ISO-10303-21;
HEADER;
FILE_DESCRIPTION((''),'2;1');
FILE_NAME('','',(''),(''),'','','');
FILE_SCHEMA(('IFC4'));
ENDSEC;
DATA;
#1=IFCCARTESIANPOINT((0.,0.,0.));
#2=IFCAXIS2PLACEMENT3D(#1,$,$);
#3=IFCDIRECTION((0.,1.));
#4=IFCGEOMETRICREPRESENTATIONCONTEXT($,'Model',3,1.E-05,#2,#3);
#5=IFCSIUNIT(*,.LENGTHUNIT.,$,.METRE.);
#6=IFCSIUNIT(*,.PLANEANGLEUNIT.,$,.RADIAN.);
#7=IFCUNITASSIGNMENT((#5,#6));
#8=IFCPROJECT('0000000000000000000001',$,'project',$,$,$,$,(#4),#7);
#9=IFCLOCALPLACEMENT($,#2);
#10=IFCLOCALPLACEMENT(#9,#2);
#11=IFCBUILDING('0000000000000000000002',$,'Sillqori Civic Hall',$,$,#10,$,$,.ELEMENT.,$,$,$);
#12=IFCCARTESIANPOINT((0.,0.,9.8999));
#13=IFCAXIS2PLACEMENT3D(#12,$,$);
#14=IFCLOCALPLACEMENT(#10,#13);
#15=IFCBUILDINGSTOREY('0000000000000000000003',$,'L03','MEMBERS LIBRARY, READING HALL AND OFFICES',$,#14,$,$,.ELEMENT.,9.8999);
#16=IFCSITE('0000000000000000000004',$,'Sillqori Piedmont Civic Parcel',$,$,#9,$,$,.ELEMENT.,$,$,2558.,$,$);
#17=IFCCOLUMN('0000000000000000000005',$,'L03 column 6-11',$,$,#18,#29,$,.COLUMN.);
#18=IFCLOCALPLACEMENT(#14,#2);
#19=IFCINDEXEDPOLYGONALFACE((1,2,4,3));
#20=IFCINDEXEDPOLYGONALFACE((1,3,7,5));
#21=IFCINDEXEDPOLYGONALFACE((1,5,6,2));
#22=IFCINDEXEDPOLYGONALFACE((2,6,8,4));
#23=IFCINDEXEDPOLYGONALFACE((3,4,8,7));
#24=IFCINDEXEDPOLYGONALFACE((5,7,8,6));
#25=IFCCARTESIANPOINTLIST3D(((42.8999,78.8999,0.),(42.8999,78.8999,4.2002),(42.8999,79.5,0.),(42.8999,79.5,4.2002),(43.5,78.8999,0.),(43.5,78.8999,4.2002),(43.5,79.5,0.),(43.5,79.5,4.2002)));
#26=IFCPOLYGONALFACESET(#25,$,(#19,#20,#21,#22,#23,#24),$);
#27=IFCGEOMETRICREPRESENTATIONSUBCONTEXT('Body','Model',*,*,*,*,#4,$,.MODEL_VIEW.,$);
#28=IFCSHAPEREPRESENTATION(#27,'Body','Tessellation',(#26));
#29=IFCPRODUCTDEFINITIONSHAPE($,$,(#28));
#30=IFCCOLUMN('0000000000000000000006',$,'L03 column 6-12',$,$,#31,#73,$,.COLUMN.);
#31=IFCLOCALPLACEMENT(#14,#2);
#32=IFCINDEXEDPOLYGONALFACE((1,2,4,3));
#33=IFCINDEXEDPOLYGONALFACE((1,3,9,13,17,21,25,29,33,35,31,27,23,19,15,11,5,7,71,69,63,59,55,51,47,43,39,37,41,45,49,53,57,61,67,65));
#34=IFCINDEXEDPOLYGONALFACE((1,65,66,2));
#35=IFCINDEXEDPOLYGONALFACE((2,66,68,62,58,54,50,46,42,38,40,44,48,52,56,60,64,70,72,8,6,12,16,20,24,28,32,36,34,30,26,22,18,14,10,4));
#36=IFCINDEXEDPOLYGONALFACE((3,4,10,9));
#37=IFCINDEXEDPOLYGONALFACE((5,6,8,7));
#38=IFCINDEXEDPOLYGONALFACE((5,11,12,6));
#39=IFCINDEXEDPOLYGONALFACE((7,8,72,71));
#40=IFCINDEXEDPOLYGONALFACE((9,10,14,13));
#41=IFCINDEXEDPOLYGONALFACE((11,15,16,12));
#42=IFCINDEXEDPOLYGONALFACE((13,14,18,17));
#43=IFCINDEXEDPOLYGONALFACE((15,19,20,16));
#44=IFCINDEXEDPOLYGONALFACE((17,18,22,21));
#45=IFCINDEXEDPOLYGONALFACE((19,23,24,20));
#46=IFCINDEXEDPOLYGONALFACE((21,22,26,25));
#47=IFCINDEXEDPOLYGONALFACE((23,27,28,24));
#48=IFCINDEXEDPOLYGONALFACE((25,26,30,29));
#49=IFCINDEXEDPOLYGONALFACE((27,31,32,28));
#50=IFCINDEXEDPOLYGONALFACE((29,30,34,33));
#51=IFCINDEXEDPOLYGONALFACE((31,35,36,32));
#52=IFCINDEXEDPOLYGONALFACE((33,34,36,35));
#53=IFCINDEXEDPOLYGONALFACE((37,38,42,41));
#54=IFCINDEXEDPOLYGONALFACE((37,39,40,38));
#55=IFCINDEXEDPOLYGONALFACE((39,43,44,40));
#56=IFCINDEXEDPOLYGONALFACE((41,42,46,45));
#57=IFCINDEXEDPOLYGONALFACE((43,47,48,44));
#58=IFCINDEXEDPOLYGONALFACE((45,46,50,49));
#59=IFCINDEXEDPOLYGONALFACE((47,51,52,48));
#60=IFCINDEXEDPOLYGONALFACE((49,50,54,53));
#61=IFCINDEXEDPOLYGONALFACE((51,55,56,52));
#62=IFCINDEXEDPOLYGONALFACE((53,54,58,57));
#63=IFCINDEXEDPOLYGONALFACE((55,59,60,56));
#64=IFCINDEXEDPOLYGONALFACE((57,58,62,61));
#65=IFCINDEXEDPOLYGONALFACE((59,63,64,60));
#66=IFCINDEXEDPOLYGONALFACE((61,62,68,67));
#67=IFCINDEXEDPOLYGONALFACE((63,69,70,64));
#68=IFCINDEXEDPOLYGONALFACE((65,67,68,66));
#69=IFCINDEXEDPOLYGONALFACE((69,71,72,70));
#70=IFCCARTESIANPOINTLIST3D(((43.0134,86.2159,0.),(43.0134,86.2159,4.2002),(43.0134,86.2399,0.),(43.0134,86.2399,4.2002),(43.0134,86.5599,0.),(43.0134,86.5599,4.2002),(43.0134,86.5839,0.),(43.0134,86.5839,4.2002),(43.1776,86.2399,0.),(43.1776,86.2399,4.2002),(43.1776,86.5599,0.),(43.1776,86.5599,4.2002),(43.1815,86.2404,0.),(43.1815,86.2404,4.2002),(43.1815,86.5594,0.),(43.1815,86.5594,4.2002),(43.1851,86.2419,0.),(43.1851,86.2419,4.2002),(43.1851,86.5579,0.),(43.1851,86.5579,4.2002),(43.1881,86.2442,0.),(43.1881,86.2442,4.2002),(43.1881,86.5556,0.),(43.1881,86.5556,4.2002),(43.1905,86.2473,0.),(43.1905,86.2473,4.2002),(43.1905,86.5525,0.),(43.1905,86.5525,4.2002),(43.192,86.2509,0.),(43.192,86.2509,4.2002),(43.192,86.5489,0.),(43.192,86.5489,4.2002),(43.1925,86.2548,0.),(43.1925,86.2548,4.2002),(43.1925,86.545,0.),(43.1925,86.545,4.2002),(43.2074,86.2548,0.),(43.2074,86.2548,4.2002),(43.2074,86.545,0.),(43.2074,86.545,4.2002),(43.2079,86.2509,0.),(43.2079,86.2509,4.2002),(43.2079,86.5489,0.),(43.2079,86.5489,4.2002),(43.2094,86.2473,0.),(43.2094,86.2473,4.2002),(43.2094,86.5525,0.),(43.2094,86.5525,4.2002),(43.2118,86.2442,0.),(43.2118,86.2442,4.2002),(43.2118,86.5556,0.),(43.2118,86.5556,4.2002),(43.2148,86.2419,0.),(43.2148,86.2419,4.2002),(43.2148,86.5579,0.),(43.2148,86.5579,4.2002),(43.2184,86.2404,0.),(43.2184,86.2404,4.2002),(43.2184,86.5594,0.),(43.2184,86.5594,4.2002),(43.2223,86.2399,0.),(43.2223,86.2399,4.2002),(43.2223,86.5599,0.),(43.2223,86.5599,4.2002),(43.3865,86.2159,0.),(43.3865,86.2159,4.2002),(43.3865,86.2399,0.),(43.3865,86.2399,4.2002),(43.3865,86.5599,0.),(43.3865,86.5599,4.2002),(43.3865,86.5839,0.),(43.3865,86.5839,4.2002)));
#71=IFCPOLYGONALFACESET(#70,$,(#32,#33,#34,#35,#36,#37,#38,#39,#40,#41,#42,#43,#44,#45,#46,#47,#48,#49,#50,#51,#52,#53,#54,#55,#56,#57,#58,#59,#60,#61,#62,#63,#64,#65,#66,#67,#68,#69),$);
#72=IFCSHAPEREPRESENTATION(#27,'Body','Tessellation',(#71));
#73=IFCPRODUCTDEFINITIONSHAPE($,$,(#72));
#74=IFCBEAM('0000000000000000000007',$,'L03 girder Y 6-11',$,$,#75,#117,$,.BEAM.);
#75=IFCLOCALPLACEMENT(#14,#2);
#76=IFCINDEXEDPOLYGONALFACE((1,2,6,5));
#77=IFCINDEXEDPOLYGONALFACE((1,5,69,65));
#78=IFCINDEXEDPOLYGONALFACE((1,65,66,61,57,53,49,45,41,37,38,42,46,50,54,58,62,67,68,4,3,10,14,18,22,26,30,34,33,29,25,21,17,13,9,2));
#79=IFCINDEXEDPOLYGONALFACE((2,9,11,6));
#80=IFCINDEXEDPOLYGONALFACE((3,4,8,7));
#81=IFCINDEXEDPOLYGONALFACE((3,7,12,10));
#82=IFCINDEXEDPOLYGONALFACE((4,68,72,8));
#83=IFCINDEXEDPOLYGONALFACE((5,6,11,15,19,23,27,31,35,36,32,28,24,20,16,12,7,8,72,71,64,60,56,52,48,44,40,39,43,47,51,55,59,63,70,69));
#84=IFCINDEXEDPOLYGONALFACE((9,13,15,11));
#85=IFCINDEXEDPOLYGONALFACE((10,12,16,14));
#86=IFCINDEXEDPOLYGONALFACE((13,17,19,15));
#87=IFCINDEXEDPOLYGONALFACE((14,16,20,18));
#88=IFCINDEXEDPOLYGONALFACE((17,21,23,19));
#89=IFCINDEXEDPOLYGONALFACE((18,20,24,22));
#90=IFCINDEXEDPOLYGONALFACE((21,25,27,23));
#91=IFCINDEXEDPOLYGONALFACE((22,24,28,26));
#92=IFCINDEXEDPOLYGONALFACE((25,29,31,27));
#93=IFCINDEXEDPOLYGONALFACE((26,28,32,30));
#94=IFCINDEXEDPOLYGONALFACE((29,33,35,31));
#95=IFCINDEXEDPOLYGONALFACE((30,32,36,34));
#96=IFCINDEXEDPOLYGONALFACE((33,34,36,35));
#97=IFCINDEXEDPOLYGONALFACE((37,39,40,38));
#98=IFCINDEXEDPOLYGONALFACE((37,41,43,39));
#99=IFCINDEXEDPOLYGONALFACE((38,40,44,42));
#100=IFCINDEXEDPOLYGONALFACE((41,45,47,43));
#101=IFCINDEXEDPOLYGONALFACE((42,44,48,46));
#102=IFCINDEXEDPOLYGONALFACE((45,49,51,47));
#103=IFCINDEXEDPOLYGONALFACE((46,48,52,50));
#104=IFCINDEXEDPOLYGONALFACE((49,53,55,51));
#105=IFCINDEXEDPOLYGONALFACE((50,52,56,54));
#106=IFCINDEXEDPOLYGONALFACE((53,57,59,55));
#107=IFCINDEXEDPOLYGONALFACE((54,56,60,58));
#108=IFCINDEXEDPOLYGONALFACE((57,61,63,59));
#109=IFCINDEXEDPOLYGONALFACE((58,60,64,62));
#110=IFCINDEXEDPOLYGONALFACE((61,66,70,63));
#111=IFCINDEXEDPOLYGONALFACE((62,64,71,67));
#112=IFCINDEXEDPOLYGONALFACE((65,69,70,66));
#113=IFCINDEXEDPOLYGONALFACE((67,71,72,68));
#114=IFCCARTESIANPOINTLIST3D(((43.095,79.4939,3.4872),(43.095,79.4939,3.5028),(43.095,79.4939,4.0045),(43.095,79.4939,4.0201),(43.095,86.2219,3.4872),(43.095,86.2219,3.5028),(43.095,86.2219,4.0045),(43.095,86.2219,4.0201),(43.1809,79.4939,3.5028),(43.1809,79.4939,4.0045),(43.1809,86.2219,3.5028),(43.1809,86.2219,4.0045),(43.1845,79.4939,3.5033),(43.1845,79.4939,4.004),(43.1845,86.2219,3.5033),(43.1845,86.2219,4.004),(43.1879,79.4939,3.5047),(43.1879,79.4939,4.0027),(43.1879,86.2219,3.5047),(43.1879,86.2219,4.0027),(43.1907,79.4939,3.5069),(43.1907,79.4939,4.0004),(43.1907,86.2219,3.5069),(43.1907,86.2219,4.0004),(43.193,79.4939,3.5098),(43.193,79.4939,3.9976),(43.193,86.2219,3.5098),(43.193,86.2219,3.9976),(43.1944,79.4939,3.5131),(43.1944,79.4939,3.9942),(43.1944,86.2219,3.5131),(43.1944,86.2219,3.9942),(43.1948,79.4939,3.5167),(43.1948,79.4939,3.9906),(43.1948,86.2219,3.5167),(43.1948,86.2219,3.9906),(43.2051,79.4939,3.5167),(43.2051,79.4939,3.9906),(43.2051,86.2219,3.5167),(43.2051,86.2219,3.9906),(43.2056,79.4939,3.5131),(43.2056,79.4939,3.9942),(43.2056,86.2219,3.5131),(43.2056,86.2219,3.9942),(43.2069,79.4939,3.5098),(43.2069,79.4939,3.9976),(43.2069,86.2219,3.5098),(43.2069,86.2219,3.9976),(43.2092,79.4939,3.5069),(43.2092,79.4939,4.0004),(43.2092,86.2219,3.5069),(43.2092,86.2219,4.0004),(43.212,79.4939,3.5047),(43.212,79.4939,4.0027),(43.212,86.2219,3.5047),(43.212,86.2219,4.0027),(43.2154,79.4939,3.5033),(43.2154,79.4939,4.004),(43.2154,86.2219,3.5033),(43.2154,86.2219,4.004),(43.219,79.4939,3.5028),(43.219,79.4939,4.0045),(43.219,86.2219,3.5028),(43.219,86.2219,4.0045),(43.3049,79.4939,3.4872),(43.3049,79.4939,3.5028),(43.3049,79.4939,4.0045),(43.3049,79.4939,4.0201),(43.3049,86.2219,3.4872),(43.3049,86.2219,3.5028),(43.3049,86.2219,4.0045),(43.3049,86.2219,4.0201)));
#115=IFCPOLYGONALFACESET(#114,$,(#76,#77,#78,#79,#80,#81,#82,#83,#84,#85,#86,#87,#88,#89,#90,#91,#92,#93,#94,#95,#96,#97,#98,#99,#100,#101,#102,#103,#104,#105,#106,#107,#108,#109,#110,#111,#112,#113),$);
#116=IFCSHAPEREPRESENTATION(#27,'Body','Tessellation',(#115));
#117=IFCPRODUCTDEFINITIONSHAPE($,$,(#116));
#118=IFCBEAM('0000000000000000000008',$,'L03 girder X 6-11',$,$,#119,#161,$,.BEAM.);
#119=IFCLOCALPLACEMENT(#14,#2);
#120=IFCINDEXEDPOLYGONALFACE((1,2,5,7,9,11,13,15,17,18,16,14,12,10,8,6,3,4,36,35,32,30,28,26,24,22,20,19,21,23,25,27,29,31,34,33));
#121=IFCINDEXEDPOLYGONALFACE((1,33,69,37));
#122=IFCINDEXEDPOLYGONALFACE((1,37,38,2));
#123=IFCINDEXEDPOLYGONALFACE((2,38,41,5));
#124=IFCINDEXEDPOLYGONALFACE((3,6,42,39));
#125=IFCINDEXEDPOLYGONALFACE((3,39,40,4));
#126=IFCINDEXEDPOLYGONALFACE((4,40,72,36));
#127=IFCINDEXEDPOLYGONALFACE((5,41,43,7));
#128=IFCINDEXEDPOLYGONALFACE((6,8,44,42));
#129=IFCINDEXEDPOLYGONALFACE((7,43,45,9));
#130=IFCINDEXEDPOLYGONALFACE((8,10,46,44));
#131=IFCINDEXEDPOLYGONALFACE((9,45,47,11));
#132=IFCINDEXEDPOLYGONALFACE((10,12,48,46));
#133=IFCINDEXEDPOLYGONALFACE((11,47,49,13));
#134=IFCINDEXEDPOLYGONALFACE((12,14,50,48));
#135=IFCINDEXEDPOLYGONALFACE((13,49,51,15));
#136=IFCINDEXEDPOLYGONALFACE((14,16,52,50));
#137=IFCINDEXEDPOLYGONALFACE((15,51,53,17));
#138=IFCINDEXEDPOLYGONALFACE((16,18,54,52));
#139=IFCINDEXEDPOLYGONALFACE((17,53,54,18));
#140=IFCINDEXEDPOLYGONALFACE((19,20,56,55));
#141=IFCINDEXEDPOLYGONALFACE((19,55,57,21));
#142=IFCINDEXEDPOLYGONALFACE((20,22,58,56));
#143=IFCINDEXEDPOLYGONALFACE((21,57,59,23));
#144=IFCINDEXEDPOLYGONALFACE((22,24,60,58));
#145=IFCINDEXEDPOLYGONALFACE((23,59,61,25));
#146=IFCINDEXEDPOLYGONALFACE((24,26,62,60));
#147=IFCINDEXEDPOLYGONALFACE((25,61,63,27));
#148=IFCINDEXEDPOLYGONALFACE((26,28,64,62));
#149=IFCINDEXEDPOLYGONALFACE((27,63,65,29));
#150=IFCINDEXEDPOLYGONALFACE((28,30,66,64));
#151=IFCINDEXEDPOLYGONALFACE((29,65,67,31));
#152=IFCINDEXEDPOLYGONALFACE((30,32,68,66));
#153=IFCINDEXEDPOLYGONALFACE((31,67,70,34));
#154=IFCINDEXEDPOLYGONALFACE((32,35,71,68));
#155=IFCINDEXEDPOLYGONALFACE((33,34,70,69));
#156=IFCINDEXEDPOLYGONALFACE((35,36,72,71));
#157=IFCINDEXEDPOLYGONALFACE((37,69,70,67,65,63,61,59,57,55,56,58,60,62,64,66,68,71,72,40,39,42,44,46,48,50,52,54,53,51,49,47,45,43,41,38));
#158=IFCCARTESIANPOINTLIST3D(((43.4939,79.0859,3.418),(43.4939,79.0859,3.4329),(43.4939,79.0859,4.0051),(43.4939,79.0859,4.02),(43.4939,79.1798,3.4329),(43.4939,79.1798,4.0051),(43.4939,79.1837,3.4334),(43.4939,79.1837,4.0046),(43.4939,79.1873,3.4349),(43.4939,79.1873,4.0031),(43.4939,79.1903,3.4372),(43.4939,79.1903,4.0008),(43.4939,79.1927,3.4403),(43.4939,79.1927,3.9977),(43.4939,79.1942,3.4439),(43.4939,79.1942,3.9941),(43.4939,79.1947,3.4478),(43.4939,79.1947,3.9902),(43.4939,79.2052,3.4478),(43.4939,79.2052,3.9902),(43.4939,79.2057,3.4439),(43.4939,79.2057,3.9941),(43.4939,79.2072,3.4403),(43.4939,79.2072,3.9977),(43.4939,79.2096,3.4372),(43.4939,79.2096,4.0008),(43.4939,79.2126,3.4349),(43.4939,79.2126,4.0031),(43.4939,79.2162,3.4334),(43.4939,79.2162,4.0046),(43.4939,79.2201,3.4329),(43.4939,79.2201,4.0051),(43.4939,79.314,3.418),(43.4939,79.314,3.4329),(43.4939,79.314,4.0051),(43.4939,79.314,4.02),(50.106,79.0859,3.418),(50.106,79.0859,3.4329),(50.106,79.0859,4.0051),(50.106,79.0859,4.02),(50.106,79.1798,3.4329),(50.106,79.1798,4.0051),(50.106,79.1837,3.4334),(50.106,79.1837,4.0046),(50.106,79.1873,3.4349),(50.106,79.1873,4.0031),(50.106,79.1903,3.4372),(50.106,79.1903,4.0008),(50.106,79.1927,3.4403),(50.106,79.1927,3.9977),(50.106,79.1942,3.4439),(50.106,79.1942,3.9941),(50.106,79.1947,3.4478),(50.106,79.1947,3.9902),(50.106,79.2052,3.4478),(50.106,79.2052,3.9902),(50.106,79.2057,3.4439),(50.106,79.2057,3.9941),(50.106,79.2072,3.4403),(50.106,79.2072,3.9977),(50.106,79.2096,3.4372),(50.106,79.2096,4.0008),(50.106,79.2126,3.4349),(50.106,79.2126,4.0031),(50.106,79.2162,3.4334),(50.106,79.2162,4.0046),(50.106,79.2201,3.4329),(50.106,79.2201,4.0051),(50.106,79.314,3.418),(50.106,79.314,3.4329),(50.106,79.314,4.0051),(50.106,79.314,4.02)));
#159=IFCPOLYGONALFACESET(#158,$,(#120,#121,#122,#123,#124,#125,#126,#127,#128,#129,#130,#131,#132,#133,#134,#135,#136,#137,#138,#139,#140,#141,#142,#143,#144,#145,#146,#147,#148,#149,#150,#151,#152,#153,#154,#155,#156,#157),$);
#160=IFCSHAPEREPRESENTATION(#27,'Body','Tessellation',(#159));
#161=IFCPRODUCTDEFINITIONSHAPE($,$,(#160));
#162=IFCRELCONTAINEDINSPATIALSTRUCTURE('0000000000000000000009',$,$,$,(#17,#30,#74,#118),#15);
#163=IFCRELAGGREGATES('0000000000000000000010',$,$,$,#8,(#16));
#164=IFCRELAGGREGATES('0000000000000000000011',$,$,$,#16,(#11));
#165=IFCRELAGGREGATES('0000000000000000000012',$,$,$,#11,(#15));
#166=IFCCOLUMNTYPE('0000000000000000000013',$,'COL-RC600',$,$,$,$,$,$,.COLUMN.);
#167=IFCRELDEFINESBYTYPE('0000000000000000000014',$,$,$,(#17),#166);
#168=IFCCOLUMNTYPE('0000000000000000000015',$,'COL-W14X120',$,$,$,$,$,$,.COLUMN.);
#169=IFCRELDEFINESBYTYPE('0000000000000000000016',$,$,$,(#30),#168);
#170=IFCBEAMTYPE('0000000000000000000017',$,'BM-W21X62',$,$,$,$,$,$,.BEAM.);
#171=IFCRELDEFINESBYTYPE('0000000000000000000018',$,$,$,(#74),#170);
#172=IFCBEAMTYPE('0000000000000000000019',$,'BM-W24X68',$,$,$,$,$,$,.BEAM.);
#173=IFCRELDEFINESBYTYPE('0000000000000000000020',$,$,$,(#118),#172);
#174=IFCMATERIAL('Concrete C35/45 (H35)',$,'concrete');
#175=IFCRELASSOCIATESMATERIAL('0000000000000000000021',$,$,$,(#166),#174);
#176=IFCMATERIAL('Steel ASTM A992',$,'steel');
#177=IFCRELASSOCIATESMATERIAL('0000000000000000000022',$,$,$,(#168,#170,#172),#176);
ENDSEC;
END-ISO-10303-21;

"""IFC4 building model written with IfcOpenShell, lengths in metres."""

from ifc_helpers import new_model, si_unit, direction, frame, origin, origin_2d, place, context, subcontext, project, spatial, rectangle, i_section, extrude, material, material_profile, profile_set, type_object, element, save


model = new_model("IFC4")

# Units and contexts
model_context = context("Model", 3, precision=1e-05, world=origin(), true_north=direction((0.0, 1.0)))
body_context = subcontext(model_context, "Body", "Model", "MODEL_VIEW")
ifc_project = project(units=[si_unit("LENGTHUNIT", "METRE"), si_unit("PLANEANGLEUNIT", "RADIAN")], contexts=[model_context])

# Site, building, storey
site_placement = place(None, origin())
site = spatial("IfcSite", under=ifc_project, at=site_placement, Name="Sillqori Piedmont Civic Parcel", CompositionType="ELEMENT", RefElevation=2558.0)
building_placement = place(site_placement, origin())
building = spatial("IfcBuilding", under=site, at=building_placement, Name="Sillqori Civic Hall", CompositionType="ELEMENT")
storey_placement = place(building_placement, frame((0.0, 0.0, 9.8999)))
storey = spatial("IfcBuildingStorey", under=building, at=storey_placement, Name="L03", Description="MEMBERS LIBRARY, READING HALL AND OFFICES", CompositionType="ELEMENT", Elevation=9.8999)

# Columns
ifc_material_1 = material(Name="Concrete C35/45 (H35)", Category="concrete")
ifc_material_profile_1 = material_profile(ifc_material_1, rectangle(XDim=0.6001, YDim=0.6001, at=origin_2d()), Name="RC 600x600")
ifc_profile_set_1 = profile_set([ifc_material_profile_1], Name="Concrete C35/45 (H35)")
column_type_1 = type_object("IfcColumnType", Name="COL-RC600", PredefinedType="COLUMN", material=ifc_profile_set_1)
column_1_placement = place(storey_placement, frame((43.2, 79.2, 0.0), z_axis=(0.0, 0.0, 1.0), x_axis=(1.0, 0.0, 0.0)))
element("IfcColumn", 1, at=column_1_placement, inside=storey, type_object=column_type_1, Name="L03 column 6-11", PredefinedType="COLUMN", context=body_context, shape_type="SweptSolid", body=[
    extrude(rectangle(XDim=0.6001, YDim=0.6001, at=origin_2d()), origin(), (0.0, 0.0, 1.0), 4.2002),
])
ifc_material_2 = material(Name="Steel ASTM A992", Category="steel")
ifc_material_profile_2 = material_profile(ifc_material_2, i_section(OverallWidth=0.373, OverallDepth=0.3679, WebThickness=0.0149, FlangeThickness=0.0239, FilletRadius=0.0149, at=origin_2d()), Name="W14X120")
ifc_profile_set_2 = profile_set([ifc_material_profile_2], Name="Steel ASTM A992")
column_type_2 = type_object("IfcColumnType", Name="COL-W14X120", PredefinedType="COLUMN", material=ifc_profile_set_2)
column_2_placement = place(storey_placement, frame((43.2, 86.3999, 0.0), z_axis=(0.0, 0.0, 1.0), x_axis=(1.0, 0.0, 0.0)))
element("IfcColumn", 2, at=column_2_placement, inside=storey, type_object=column_type_2, Name="L03 column 6-12", PredefinedType="COLUMN", context=body_context, shape_type="SweptSolid", body=[
    extrude(i_section(OverallWidth=0.373, OverallDepth=0.3679, WebThickness=0.0149, FlangeThickness=0.0239, FilletRadius=0.0149, at=origin_2d()), origin(), (0.0, 0.0, 1.0), 4.2002),
])

# Beams
ifc_material_profile_3 = material_profile(ifc_material_2, i_section(OverallWidth=0.21, OverallDepth=0.533, WebThickness=0.0103, FlangeThickness=0.0156, FilletRadius=0.0139, at=origin_2d()), Name="W21X62")
ifc_profile_set_3 = profile_set([ifc_material_profile_3], Name="Steel ASTM A992")
beam_type_1 = type_object("IfcBeamType", Name="BM-W21X62", PredefinedType="BEAM", material=ifc_profile_set_3)
beam_1_placement = place(storey_placement, frame((43.2, 79.4939, 3.7537), z_axis=(0.0, 1.0, 0.0), x_axis=(-1.0, 0.0, 0.0)))
element("IfcBeam", 3, at=beam_1_placement, inside=storey, type_object=beam_type_1, Name="L03 girder Y 6-11", PredefinedType="BEAM", context=body_context, shape_type="SweptSolid", body=[
    extrude(i_section(OverallWidth=0.21, OverallDepth=0.533, WebThickness=0.0103, FlangeThickness=0.0156, FilletRadius=0.0139, at=origin_2d()), origin(), (0.0, 0.0, 1.0), 6.728),
])
ifc_material_profile_4 = material_profile(ifc_material_2, i_section(OverallWidth=0.228, OverallDepth=0.6021, WebThickness=0.0105, FlangeThickness=0.0149, FilletRadius=0.0149, at=origin_2d()), Name="W24X68")
ifc_profile_set_4 = profile_set([ifc_material_profile_4], Name="Steel ASTM A992")
beam_type_2 = type_object("IfcBeamType", Name="BM-W24X68", PredefinedType="BEAM", material=ifc_profile_set_4)
beam_2_placement = place(storey_placement, frame((43.4939, 79.2, 3.719), z_axis=(1.0, 0.0, 0.0), x_axis=(0.0, 1.0, 0.0)))
element("IfcBeam", 4, at=beam_2_placement, inside=storey, type_object=beam_type_2, Name="L03 girder X 6-11", PredefinedType="BEAM", context=body_context, shape_type="SweptSolid", body=[
    extrude(i_section(OverallWidth=0.228, OverallDepth=0.6021, WebThickness=0.0105, FlangeThickness=0.0149, FilletRadius=0.0149, at=origin_2d()), origin(), (0.0, 0.0, 1.0), 6.6121),
])

save(model, "model.ifc")
